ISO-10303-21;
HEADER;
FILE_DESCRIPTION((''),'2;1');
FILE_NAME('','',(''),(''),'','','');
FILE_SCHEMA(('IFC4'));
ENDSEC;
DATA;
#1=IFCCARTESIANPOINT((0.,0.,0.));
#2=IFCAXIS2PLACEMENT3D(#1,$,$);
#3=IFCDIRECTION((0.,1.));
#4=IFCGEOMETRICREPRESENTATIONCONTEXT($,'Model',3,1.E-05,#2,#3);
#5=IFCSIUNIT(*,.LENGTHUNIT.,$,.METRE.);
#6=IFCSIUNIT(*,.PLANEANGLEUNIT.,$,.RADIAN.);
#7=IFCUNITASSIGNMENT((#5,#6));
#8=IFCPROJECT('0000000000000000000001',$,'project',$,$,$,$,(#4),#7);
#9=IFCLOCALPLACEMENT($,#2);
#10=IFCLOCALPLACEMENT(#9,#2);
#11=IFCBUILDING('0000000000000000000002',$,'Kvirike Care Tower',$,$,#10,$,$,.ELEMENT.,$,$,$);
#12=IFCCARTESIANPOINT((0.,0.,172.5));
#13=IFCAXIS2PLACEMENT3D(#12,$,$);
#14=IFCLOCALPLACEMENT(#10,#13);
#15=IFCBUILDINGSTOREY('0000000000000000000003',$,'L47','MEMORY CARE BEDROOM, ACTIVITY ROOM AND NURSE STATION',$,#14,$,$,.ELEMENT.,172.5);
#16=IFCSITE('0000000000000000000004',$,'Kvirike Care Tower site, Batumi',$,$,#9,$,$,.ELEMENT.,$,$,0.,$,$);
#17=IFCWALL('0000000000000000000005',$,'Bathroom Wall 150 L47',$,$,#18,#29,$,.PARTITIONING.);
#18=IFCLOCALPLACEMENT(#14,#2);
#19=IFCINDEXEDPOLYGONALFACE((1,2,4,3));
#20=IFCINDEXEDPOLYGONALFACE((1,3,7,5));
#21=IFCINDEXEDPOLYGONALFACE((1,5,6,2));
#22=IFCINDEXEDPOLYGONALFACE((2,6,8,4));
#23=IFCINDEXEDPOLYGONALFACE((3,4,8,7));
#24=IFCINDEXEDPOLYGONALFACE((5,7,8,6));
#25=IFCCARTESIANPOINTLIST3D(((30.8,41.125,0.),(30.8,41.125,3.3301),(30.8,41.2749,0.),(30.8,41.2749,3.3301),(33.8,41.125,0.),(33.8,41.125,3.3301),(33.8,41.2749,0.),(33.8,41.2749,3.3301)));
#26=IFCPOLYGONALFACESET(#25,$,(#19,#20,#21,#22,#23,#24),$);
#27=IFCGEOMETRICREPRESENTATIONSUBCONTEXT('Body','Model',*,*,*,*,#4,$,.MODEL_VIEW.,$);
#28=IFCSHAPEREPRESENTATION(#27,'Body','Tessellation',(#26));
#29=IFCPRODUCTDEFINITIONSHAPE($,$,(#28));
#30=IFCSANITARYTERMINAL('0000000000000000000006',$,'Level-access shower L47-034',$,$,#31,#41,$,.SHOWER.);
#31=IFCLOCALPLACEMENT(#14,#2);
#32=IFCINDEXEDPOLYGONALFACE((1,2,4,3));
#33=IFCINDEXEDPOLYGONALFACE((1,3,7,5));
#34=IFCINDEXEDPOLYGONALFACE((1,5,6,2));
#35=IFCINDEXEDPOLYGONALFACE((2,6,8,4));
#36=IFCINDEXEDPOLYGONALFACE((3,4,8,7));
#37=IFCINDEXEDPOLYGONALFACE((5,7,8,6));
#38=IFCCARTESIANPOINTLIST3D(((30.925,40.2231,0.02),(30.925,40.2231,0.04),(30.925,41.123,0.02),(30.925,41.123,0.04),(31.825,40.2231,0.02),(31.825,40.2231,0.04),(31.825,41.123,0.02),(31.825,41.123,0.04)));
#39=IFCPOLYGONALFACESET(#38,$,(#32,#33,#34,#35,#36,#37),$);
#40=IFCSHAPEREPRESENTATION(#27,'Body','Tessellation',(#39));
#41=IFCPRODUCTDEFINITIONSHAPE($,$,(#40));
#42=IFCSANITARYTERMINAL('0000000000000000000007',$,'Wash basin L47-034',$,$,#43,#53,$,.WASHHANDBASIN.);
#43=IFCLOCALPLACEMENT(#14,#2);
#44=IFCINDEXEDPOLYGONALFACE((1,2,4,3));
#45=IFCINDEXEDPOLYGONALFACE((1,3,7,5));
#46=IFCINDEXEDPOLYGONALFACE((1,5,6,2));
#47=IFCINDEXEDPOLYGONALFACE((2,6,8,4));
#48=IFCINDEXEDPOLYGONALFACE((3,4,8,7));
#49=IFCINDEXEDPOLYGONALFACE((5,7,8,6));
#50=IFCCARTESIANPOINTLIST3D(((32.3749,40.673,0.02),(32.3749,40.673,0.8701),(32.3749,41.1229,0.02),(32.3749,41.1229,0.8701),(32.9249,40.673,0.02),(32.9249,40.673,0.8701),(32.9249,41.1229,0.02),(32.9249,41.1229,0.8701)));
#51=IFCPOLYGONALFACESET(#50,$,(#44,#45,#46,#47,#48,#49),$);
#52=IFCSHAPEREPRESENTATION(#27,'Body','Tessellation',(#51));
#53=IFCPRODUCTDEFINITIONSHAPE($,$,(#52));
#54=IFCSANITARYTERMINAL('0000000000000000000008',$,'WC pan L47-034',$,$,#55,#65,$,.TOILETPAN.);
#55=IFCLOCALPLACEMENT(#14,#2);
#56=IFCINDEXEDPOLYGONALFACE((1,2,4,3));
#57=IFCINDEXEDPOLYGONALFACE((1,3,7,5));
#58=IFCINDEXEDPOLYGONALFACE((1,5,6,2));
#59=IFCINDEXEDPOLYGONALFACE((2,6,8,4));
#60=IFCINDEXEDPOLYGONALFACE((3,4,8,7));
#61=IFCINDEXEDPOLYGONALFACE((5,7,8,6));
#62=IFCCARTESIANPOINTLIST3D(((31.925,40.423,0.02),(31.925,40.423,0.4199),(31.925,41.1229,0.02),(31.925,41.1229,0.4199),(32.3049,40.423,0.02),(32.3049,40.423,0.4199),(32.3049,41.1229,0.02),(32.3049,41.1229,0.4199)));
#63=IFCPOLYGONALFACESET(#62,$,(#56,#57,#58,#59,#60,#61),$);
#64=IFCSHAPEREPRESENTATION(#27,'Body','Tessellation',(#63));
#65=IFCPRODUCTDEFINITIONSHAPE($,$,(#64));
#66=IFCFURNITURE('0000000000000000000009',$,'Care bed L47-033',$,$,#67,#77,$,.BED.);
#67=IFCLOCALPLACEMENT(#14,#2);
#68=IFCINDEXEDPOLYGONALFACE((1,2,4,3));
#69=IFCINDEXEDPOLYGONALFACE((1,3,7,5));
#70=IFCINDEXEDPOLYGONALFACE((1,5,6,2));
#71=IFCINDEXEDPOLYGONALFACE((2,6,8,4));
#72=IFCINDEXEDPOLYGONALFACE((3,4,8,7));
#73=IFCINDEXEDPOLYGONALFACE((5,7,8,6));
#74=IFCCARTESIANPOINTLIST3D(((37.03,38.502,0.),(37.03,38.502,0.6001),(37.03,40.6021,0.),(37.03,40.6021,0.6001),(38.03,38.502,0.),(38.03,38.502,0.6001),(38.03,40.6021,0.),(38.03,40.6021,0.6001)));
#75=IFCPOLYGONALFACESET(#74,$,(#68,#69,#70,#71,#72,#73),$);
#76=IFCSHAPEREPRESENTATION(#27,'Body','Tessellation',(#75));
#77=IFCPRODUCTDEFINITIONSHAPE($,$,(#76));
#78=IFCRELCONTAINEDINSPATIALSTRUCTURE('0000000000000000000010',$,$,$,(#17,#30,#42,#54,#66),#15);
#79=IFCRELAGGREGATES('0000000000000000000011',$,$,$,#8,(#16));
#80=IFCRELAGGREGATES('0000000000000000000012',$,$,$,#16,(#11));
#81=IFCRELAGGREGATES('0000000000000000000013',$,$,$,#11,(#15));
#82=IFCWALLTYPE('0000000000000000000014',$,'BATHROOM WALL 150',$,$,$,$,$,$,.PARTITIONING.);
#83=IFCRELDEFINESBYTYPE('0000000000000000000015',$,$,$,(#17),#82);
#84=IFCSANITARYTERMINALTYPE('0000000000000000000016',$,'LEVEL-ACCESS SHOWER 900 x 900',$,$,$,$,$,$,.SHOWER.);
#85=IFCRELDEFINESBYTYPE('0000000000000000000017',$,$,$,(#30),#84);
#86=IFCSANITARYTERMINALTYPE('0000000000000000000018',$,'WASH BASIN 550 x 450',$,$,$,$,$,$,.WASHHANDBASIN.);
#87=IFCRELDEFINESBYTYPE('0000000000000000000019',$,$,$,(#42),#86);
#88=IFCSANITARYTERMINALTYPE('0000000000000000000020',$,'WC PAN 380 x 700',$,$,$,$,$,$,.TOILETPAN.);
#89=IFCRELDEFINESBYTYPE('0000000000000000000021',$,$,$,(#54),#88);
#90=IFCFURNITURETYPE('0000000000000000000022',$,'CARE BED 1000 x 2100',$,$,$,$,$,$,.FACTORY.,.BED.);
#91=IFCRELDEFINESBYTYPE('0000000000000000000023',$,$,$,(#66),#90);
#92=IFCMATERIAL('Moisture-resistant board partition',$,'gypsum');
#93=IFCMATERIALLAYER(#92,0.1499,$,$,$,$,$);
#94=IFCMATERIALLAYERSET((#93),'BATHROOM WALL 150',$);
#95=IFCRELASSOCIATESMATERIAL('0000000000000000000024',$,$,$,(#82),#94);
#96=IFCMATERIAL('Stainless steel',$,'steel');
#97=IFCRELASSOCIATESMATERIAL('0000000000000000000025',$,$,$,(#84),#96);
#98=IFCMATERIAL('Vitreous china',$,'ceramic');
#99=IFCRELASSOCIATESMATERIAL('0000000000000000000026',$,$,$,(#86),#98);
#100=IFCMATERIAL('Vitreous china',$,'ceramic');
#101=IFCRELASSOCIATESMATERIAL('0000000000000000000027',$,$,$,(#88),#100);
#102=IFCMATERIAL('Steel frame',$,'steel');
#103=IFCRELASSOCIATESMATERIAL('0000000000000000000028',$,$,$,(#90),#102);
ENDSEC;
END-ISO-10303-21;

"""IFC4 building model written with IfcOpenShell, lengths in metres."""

from ifc_helpers import new_model, si_unit, direction, frame, frame_2d, origin, origin_2d, place, context, subcontext, project, spatial, rectangle, extrude, material, layer, layer_set, type_object, element, save


model = new_model("IFC4")

# Units and contexts
model_context = context("Model", 3, precision=1e-05, world=origin(), true_north=direction((0.0, 1.0)))
body_context = subcontext(model_context, "Body", "Model", "MODEL_VIEW")
ifc_project = project(units=[si_unit("LENGTHUNIT", "METRE"), si_unit("PLANEANGLEUNIT", "RADIAN")], contexts=[model_context])

# Site, building, storey
site_placement = place(None, origin())
site = spatial("IfcSite", under=ifc_project, at=site_placement, Name="Kvirike Care Tower site, Batumi", CompositionType="ELEMENT", RefElevation=0.0)
building_placement = place(site_placement, origin())
building = spatial("IfcBuilding", under=site, at=building_placement, Name="Kvirike Care Tower", CompositionType="ELEMENT")
storey_placement = place(building_placement, frame((0.0, 0.0, 172.5)))
storey = spatial("IfcBuildingStorey", under=building, at=storey_placement, Name="L47", Description="MEMORY CARE BEDROOM, ACTIVITY ROOM AND NURSE STATION", CompositionType="ELEMENT", Elevation=172.5)

# Wall
ifc_material_1 = material(Name="Moisture-resistant board partition", Category="gypsum")
ifc_layer_1 = layer(ifc_material_1, 0.1499)
ifc_layer_set_1 = layer_set([ifc_layer_1], Name="BATHROOM WALL 150")
wall_type = type_object("IfcWallType", Name="BATHROOM WALL 150", PredefinedType="PARTITIONING", material=ifc_layer_set_1)
wall_placement = place(storey_placement, frame((33.8, 41.2, 0.0), z_axis=(0.0, 0.0, 1.0), x_axis=(-1.0, 0.0, 0.0)))
element("IfcWall", 1, at=wall_placement, inside=storey, type_object=wall_type, Name="Bathroom Wall 150 L47", PredefinedType="PARTITIONING", context=body_context, shape_type="SweptSolid", body=[
    extrude(rectangle(XDim=3.0, YDim=0.1499, at=frame_2d((1.5, 0.0))), origin(), (0.0, 0.0, 1.0), 3.3301),
])

# Sanitary terminals
ifc_material_2 = material(Name="Stainless steel", Category="steel")
sanitary_terminal_type_1 = type_object("IfcSanitaryTerminalType", Name="LEVEL-ACCESS SHOWER 900 x 900", PredefinedType="SHOWER", material=ifc_material_2)
sanitary_terminal_1_placement = place(storey_placement, frame((31.375, 40.6731, 0.02), z_axis=(0.0, 0.0, 1.0), x_axis=(1.0, 0.0, 0.0)))
element("IfcSanitaryTerminal", 2, at=sanitary_terminal_1_placement, inside=storey, type_object=sanitary_terminal_type_1, Name="Level-access shower L47-034", PredefinedType="SHOWER", context=body_context, shape_type="SweptSolid", body=[
    extrude(rectangle(XDim=0.8999, YDim=0.8999, at=origin_2d()), origin(), (0.0, 0.0, 1.0), 0.02),
])
ifc_material_3 = material(Name="Vitreous china", Category="ceramic")
sanitary_terminal_type_2 = type_object("IfcSanitaryTerminalType", Name="WASH BASIN 550 x 450", PredefinedType="WASHHANDBASIN", material=ifc_material_3)
sanitary_terminal_2_placement = place(storey_placement, frame((32.6499, 40.8979, 0.02), z_axis=(0.0, 0.0, 1.0), x_axis=(1.0, 0.0, 0.0)))
element("IfcSanitaryTerminal", 3, at=sanitary_terminal_2_placement, inside=storey, type_object=sanitary_terminal_type_2, Name="Wash basin L47-034", PredefinedType="WASHHANDBASIN", context=body_context, shape_type="SweptSolid", body=[
    extrude(rectangle(XDim=0.55, YDim=0.45, at=origin_2d()), origin(), (0.0, 0.0, 1.0), 0.8501),
])
ifc_material_4 = material(Name="Vitreous china", Category="ceramic")
sanitary_terminal_type_3 = type_object("IfcSanitaryTerminalType", Name="WC PAN 380 x 700", PredefinedType="TOILETPAN", material=ifc_material_4)
sanitary_terminal_3_placement = place(storey_placement, frame((32.115, 40.7729, 0.02), z_axis=(0.0, 0.0, 1.0), x_axis=(1.0, 0.0, 0.0)))
element("IfcSanitaryTerminal", 4, at=sanitary_terminal_3_placement, inside=storey, type_object=sanitary_terminal_type_3, Name="WC pan L47-034", PredefinedType="TOILETPAN", context=body_context, shape_type="SweptSolid", body=[
    extrude(rectangle(XDim=0.3799, YDim=0.7, at=origin_2d()), origin(), (0.0, 0.0, 1.0), 0.3999),
])

# Furniture
ifc_material_5 = material(Name="Steel frame", Category="steel")
furniture_type = type_object("IfcFurnitureType", Name="CARE BED 1000 x 2100", AssemblyPlace="FACTORY", PredefinedType="BED", material=ifc_material_5)
furniture_placement = place(storey_placement, frame((37.53, 39.552, 0.0), z_axis=(0.0, 0.0, 1.0), x_axis=(-1.0, 0.0, 0.0)))
element("IfcFurniture", 5, at=furniture_placement, inside=storey, type_object=furniture_type, Name="Care bed L47-033", PredefinedType="BED", context=body_context, shape_type="SweptSolid", body=[
    extrude(rectangle(XDim=1.0, YDim=2.1001, at=origin_2d()), origin(), (0.0, 0.0, 1.0), 0.6001),
])

save(model, "model.ifc")
